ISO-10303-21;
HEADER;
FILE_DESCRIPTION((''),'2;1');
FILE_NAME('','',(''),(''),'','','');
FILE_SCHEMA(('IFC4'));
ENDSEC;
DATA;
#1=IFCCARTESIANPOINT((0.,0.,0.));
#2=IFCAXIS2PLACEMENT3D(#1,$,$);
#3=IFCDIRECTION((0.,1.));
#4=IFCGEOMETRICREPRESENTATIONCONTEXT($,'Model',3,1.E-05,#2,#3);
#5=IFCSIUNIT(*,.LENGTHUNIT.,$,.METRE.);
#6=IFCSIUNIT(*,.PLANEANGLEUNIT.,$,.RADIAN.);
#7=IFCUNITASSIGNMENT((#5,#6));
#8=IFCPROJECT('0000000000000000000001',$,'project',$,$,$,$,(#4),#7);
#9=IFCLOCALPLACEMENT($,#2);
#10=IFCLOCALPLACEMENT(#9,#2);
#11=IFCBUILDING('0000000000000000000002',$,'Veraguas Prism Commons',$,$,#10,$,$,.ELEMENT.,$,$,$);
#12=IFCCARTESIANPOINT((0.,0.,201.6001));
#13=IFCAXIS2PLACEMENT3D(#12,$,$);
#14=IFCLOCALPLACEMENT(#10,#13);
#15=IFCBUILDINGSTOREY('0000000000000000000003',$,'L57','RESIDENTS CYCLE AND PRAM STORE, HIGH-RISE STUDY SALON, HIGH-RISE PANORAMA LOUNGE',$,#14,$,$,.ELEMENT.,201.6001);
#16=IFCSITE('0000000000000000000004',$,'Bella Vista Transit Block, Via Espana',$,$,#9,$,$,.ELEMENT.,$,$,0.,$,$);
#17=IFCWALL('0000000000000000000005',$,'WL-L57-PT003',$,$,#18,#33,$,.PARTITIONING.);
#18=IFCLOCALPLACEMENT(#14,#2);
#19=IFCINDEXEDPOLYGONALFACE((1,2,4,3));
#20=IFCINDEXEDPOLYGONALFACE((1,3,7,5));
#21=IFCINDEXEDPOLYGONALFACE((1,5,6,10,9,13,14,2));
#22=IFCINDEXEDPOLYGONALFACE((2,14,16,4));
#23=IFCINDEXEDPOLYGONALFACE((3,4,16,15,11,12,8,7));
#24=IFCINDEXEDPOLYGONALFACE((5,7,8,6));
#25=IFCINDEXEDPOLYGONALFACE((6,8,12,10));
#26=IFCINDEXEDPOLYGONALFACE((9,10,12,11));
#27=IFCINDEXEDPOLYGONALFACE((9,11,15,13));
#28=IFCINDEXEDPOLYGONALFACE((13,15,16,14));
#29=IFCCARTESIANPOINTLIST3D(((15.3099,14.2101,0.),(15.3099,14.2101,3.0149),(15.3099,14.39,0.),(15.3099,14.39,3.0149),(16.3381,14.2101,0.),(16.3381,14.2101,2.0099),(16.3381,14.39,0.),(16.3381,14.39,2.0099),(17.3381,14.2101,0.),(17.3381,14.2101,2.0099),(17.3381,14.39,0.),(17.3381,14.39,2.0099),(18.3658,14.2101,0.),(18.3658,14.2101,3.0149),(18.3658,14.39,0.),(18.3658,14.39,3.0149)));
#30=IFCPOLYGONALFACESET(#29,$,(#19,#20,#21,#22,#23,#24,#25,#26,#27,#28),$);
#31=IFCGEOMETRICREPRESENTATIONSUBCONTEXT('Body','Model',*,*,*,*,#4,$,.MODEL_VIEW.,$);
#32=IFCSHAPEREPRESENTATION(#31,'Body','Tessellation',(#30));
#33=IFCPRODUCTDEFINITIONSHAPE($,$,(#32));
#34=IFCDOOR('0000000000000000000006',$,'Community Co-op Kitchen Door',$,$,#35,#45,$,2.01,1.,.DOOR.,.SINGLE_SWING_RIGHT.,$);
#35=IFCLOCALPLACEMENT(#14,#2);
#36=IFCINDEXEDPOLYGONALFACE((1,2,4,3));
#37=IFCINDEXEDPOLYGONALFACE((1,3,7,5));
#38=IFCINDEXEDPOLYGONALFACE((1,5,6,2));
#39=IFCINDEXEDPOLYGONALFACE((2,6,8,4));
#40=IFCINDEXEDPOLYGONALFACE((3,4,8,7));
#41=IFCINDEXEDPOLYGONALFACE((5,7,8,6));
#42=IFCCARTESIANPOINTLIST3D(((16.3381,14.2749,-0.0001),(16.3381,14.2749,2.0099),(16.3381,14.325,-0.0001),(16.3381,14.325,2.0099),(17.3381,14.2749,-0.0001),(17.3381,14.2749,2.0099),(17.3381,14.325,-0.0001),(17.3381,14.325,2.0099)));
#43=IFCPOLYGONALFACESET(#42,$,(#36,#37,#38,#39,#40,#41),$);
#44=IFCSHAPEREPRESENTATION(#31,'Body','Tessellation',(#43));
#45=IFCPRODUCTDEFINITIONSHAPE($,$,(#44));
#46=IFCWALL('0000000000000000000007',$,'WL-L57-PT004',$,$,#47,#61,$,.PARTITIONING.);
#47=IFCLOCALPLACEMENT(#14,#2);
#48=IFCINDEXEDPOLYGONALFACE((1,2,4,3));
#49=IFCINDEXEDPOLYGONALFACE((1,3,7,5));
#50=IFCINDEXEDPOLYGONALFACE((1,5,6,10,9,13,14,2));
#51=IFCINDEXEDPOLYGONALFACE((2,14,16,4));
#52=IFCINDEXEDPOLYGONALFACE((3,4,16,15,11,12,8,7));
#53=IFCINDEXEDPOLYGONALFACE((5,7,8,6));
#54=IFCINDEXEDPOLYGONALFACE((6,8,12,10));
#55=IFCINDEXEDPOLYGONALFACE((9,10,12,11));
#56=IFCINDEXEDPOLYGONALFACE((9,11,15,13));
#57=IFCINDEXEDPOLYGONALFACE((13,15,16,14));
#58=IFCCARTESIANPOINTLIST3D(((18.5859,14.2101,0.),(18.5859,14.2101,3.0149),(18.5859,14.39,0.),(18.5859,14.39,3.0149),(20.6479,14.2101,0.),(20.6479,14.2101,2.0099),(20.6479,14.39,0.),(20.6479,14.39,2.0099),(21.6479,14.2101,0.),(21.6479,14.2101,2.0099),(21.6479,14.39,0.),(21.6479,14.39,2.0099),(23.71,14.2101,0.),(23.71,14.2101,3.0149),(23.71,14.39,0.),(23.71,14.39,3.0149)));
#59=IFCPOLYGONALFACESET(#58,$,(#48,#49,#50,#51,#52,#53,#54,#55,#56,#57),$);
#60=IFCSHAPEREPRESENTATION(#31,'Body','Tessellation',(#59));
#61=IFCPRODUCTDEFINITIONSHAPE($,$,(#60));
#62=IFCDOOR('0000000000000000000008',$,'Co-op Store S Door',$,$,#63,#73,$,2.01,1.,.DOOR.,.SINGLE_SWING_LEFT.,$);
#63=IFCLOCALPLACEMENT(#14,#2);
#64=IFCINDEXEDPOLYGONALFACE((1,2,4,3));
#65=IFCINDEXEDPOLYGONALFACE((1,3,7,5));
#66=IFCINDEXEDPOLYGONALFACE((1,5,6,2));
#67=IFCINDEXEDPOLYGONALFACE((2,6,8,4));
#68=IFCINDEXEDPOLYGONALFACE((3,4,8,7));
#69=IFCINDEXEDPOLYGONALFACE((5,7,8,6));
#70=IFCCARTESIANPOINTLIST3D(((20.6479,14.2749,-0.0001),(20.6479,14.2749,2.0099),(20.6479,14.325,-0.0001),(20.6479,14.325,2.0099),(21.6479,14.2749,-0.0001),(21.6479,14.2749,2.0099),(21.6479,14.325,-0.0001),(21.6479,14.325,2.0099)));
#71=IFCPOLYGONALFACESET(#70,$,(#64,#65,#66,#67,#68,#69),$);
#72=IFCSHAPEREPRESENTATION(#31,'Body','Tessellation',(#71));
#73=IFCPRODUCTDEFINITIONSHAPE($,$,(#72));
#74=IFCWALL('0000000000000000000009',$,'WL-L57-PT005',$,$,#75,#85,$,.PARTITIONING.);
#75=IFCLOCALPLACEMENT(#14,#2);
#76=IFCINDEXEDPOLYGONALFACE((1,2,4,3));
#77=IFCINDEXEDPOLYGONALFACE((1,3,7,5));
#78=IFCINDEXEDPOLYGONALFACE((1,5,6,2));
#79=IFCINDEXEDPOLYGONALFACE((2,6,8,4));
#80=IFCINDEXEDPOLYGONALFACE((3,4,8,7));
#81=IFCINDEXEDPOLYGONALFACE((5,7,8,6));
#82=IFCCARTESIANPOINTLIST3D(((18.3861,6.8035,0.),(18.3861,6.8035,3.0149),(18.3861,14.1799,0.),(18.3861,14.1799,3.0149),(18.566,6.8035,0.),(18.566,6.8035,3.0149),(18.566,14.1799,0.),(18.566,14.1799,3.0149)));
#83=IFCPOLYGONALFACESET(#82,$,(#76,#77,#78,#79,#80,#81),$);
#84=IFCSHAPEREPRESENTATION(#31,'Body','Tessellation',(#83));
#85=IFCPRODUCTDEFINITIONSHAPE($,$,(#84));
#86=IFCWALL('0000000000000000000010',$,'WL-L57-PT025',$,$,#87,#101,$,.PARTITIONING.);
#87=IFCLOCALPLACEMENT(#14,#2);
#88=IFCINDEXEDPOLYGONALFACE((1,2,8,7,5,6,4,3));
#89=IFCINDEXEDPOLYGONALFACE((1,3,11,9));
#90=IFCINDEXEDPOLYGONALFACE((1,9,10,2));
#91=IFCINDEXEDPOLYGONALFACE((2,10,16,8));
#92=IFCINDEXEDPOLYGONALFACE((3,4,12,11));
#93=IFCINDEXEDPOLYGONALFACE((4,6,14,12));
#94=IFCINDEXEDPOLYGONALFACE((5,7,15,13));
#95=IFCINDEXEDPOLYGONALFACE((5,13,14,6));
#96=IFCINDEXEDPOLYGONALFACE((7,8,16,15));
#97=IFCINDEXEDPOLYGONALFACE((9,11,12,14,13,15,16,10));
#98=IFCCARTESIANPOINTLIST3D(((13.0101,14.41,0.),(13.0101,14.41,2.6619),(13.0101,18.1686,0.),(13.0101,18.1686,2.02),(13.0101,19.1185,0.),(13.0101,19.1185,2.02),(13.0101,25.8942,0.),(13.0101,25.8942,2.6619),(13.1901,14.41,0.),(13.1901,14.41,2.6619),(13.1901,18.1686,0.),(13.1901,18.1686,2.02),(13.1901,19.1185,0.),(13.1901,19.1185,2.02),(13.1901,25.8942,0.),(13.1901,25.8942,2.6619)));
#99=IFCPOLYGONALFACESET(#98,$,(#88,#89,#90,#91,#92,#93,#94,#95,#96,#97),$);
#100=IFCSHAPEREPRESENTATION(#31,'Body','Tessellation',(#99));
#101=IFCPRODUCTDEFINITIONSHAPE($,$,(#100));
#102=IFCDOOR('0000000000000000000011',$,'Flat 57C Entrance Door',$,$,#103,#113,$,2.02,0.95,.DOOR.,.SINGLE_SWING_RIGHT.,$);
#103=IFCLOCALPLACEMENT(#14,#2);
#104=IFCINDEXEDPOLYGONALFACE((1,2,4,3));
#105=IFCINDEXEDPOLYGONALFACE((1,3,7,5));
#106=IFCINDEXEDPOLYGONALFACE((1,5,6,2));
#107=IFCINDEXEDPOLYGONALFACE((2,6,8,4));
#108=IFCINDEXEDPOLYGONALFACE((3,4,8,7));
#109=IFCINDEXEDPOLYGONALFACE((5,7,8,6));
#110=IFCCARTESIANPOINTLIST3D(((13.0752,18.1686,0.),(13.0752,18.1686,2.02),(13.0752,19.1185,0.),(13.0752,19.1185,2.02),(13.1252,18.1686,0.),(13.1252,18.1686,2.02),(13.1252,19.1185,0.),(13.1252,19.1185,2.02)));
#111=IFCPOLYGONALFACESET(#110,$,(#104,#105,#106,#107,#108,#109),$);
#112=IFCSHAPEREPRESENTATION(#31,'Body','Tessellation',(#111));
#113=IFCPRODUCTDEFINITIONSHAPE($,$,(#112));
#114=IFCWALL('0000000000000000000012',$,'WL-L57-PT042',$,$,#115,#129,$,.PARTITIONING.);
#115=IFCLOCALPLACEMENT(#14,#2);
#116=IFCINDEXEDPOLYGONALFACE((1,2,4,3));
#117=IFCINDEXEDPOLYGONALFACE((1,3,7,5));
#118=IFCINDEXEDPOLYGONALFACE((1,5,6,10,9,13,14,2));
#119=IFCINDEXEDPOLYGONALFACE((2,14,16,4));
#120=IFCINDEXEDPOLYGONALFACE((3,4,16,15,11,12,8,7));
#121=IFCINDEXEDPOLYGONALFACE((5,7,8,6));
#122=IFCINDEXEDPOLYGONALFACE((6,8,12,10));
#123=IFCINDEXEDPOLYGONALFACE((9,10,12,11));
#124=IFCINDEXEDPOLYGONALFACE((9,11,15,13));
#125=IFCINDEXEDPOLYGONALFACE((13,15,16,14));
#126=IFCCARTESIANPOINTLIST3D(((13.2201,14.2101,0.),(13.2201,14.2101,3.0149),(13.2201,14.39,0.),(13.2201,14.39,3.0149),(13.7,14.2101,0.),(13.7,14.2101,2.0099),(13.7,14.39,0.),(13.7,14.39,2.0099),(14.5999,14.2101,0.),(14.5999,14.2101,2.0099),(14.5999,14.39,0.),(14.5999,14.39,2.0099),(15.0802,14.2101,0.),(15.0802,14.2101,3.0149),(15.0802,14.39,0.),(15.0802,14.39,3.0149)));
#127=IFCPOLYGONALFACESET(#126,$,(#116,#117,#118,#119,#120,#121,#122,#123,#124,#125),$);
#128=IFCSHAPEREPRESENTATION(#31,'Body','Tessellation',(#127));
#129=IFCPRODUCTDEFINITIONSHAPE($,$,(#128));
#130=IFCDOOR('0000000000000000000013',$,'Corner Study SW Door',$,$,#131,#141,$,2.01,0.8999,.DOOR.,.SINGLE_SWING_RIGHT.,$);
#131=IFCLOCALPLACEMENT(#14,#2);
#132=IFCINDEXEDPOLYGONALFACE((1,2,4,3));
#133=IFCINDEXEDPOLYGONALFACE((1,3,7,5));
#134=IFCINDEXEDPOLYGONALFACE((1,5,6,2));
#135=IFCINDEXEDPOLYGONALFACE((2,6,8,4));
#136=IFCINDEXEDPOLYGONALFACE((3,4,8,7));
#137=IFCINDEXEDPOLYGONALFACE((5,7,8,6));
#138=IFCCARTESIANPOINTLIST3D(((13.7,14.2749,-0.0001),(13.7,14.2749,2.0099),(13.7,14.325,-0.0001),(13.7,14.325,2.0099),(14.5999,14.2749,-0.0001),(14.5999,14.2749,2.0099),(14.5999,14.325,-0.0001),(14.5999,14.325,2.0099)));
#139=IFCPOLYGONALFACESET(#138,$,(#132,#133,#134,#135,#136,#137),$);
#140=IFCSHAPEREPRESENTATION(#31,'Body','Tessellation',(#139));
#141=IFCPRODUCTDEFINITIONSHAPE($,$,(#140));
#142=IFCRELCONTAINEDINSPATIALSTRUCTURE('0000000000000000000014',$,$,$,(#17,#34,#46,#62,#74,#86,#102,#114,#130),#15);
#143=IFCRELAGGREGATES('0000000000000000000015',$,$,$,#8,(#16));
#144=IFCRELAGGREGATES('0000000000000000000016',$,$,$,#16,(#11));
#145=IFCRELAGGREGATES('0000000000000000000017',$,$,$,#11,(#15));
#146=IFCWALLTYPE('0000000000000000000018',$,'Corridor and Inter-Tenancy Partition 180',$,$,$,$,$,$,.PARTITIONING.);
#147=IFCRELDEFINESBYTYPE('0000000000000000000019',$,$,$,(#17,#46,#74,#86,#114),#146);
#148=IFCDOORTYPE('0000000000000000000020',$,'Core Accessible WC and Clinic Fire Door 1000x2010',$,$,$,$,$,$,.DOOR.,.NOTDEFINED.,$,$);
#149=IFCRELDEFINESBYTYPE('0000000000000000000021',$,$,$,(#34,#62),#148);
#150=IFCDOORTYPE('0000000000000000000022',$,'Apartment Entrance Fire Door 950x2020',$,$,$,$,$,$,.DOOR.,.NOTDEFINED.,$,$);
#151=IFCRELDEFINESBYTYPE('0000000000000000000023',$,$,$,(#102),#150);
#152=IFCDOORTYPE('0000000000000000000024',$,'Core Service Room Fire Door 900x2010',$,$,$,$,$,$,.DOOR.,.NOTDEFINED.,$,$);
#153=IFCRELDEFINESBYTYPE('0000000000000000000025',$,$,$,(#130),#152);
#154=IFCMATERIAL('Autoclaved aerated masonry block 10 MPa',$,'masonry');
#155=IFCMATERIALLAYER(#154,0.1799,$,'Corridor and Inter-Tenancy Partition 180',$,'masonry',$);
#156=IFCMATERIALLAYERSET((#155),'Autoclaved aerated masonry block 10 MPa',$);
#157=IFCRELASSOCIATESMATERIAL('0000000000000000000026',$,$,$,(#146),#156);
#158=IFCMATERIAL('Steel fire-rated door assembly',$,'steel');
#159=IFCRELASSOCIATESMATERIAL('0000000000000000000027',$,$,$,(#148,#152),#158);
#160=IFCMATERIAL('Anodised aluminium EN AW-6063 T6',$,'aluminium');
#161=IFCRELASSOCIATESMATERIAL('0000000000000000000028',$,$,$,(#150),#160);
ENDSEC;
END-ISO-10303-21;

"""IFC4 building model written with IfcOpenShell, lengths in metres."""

from ifc_helpers import new_model, si_unit, direction, frame, frame_2d, origin, place, context, subcontext, project, spatial, rectangle, extrude, source, transform, mapped, material, layer, layer_set, type_object, element, fill, save


model = new_model("IFC4")

# Units and contexts
model_context = context("Model", 3, precision=1e-05, world=origin(), true_north=direction((0.0, 1.0)))
body_context = subcontext(model_context, "Body", "Model", "MODEL_VIEW")
ifc_project = project(units=[si_unit("LENGTHUNIT", "METRE"), si_unit("PLANEANGLEUNIT", "RADIAN")], contexts=[model_context])

# Site, building, storey
site_placement = place(None, origin())
site = spatial("IfcSite", under=ifc_project, at=site_placement, Name="Bella Vista Transit Block, Via Espana", CompositionType="ELEMENT", RefElevation=0.0)
building_placement = place(site_placement, origin())
building = spatial("IfcBuilding", under=site, at=building_placement, Name="Veraguas Prism Commons", CompositionType="ELEMENT")
storey_placement = place(building_placement, frame((0.0, 0.0, 201.6001)))
storey = spatial("IfcBuildingStorey", under=building, at=storey_placement, Name="L57", Description="RESIDENTS CYCLE AND PRAM STORE, HIGH-RISE STUDY SALON, HIGH-RISE PANORAMA LOUNGE", CompositionType="ELEMENT", Elevation=201.6001)

# Shared definitions
ifc_material_1 = material(Name="Steel fire-rated door assembly", Category="steel")

# Shared definitions
ifc_material_2 = material(Name="Autoclaved aerated masonry block 10 MPa", Category="masonry")
ifc_layer_1 = layer(ifc_material_2, 0.1799, Name="Corridor and Inter-Tenancy Partition 180", Category="masonry")
ifc_layer_set_1 = layer_set([ifc_layer_1], Name="Autoclaved aerated masonry block 10 MPa")
wall_type_1 = type_object("IfcWallType", Name="Corridor and Inter-Tenancy Partition 180", PredefinedType="PARTITIONING", material=ifc_layer_set_1)

# Walls, openings, doors
wall_1_placement = place(storey_placement, frame((15.3101, 14.3, 0.0), z_axis=(0.0, 0.0, 1.0), x_axis=(1.0, 0.0, 0.0)))
wall_1 = element("IfcWall", 1, at=wall_1_placement, inside=storey, type_object=wall_type_1, Name="WL-L57-PT003", PredefinedType="PARTITIONING", context=body_context, shape_type="SweptSolid", body=[
    extrude(rectangle(XDim=3.0559, YDim=0.1799, at=frame_2d((1.5278, 0.0))), origin(), (0.0, 0.0, 1.0), 3.0149),
])
opening_1_placement = place(wall_1_placement, frame((1.0281, 0.0, 0.0)))
opening_1 = element("IfcOpeningElement", 2, at=opening_1_placement, cuts=wall_1, PredefinedType="OPENING", context=body_context, shape_type="SweptSolid", body=[
    extrude(rectangle(XDim=1.0, YDim=2.01, at=frame_2d((0.5, 1.0049))), frame((0.0, 0.0999, 0.0), z_axis=(0.0, -1.0, 0.0), x_axis=(1.0, 0.0, 0.0)), (0.0, 0.0, 1.0), 0.2),
])
door_type_1 = type_object("IfcDoorType", Name="Core Accessible WC and Clinic Fire Door 1000x2010", OperationType="NOTDEFINED", PredefinedType="DOOR", material=ifc_material_1)
shared_shape_1 = source(origin(), body_context, "Body", "SweptSolid", [
    extrude(rectangle(XDim=1.0, YDim=2.01, at=frame_2d((0.5, 1.0049))), frame((0.0, 0.0249, 0.0), z_axis=(0.0, -1.0, 0.0), x_axis=(1.0, 0.0, 0.0)), (0.0, 0.0, 1.0), 0.05),
])
door_1_placement = place(opening_1_placement, origin())
door_1 = element("IfcDoor", 3, at=door_1_placement, inside=storey, type_object=door_type_1, Name="Community Co-op Kitchen Door", OperationType="SINGLE_SWING_RIGHT", OverallHeight=2.01, OverallWidth=1.0, PredefinedType="DOOR", context=body_context, shape_type="MappedRepresentation", body=[
    mapped(shared_shape_1, transform((0.0, 0.0, 0.0), scale=1.0)),
])
fill(opening_1, door_1)
wall_2_placement = place(storey_placement, frame((18.5859, 14.3, 0.0), z_axis=(0.0, 0.0, 1.0), x_axis=(1.0, 0.0, 0.0)))
wall_2 = element("IfcWall", 4, at=wall_2_placement, inside=storey, type_object=wall_type_1, Name="WL-L57-PT004", PredefinedType="PARTITIONING", context=body_context, shape_type="SweptSolid", body=[
    extrude(rectangle(XDim=5.124, YDim=0.1799, at=frame_2d((2.562, 0.0))), origin(), (0.0, 0.0, 1.0), 3.0149),
])
opening_2_placement = place(wall_2_placement, frame((2.062, 0.0, 0.0)))
opening_2 = element("IfcOpeningElement", 5, at=opening_2_placement, cuts=wall_2, PredefinedType="OPENING", context=body_context, shape_type="SweptSolid", body=[
    extrude(rectangle(XDim=1.0, YDim=2.01, at=frame_2d((0.5, 1.0049))), frame((0.0, 0.0999, 0.0), z_axis=(0.0, -1.0, 0.0), x_axis=(1.0, 0.0, 0.0)), (0.0, 0.0, 1.0), 0.2),
])
door_2_placement = place(opening_2_placement, origin())
door_2 = element("IfcDoor", 6, at=door_2_placement, inside=storey, type_object=door_type_1, Name="Co-op Store S Door", OperationType="SINGLE_SWING_LEFT", OverallHeight=2.01, OverallWidth=1.0, PredefinedType="DOOR", context=body_context, shape_type="MappedRepresentation", body=[
    mapped(shared_shape_1, transform((0.0, 0.0, 0.0), scale=1.0)),
])
fill(opening_2, door_2)

# Wall
wall_3_placement = place(storey_placement, frame((18.4761, 14.1799, 0.0), z_axis=(0.0, 0.0, 1.0), x_axis=(0.0, -1.0, 0.0)))
element("IfcWall", 7, at=wall_3_placement, inside=storey, type_object=wall_type_1, Name="WL-L57-PT005", PredefinedType="PARTITIONING", context=body_context, shape_type="SweptSolid", body=[
    extrude(rectangle(XDim=7.3765, YDim=0.1799, at=frame_2d((3.6882, 0.0))), origin(), (0.0, 0.0, 1.0), 3.0149),
])

# Walls, openings, doors
wall_4_placement = place(storey_placement, frame((13.1001, 14.4099, 0.0), z_axis=(0.0, 0.0, 1.0), x_axis=(0.0, 1.0, 0.0)))
wall_4 = element("IfcWall", 8, at=wall_4_placement, inside=storey, type_object=wall_type_1, Name="WL-L57-PT025", PredefinedType="PARTITIONING", context=body_context, shape_type="SweptSolid", body=[
    extrude(rectangle(XDim=11.4841, YDim=0.1799, at=frame_2d((5.7422, 0.0))), origin(), (0.0, 0.0, 1.0), 2.6619),
])
opening_3_placement = place(wall_4_placement, frame((3.7585, 0.0, 0.0)))
opening_3 = element("IfcOpeningElement", 9, at=opening_3_placement, cuts=wall_4, PredefinedType="OPENING", context=body_context, shape_type="SweptSolid", body=[
    extrude(rectangle(XDim=0.95, YDim=2.02, at=frame_2d((0.4751, 1.01))), frame((0.0, 0.0999, 0.0), z_axis=(0.0, -1.0, 0.0), x_axis=(1.0, 0.0, 0.0)), (0.0, 0.0, 1.0), 0.2),
])
ifc_material_3 = material(Name="Anodised aluminium EN AW-6063 T6", Category="aluminium")
door_type_2 = type_object("IfcDoorType", Name="Apartment Entrance Fire Door 950x2020", OperationType="NOTDEFINED", PredefinedType="DOOR", material=ifc_material_3)
shared_shape_2 = source(origin(), body_context, "Body", "SweptSolid", [
    extrude(rectangle(XDim=0.95, YDim=2.02, at=frame_2d((0.4751, 1.01))), frame((0.0, 0.0249, 0.0), z_axis=(0.0, -1.0, 0.0), x_axis=(1.0, 0.0, 0.0)), (0.0, 0.0, 1.0), 0.05),
])
door_3_placement = place(opening_3_placement, origin())
door_3 = element("IfcDoor", 10, at=door_3_placement, inside=storey, type_object=door_type_2, Name="Flat 57C Entrance Door", OperationType="SINGLE_SWING_RIGHT", OverallHeight=2.02, OverallWidth=0.95, PredefinedType="DOOR", context=body_context, shape_type="MappedRepresentation", body=[
    mapped(shared_shape_2, transform((0.0, 0.0, 0.0), scale=1.0)),
])
fill(opening_3, door_3)
wall_5_placement = place(storey_placement, frame((13.22, 14.3, 0.0), z_axis=(0.0, 0.0, 1.0), x_axis=(1.0, 0.0, 0.0)))
wall_5 = element("IfcWall", 11, at=wall_5_placement, inside=storey, type_object=wall_type_1, Name="WL-L57-PT042", PredefinedType="PARTITIONING", context=body_context, shape_type="SweptSolid", body=[
    extrude(rectangle(XDim=1.8601, YDim=0.1799, at=frame_2d((0.9302, 0.0))), origin(), (0.0, 0.0, 1.0), 3.0149),
])
opening_4_placement = place(wall_5_placement, frame((0.48, 0.0, 0.0)))
opening_4 = element("IfcOpeningElement", 12, at=opening_4_placement, cuts=wall_5, PredefinedType="OPENING", context=body_context, shape_type="SweptSolid", body=[
    extrude(rectangle(XDim=0.8999, YDim=2.01, at=frame_2d((0.45, 1.0049))), frame((0.0, 0.0999, 0.0), z_axis=(0.0, -1.0, 0.0), x_axis=(1.0, 0.0, 0.0)), (0.0, 0.0, 1.0), 0.2),
])
door_type_3 = type_object("IfcDoorType", Name="Core Service Room Fire Door 900x2010", OperationType="NOTDEFINED", PredefinedType="DOOR", material=ifc_material_1)
shared_shape_3 = source(origin(), body_context, "Body", "SweptSolid", [
    extrude(rectangle(XDim=0.8999, YDim=2.01, at=frame_2d((0.45, 1.0049))), frame((0.0, 0.0249, 0.0), z_axis=(0.0, -1.0, 0.0), x_axis=(1.0, 0.0, 0.0)), (0.0, 0.0, 1.0), 0.05),
])
door_4_placement = place(opening_4_placement, origin())
door_4 = element("IfcDoor", 13, at=door_4_placement, inside=storey, type_object=door_type_3, Name="Corner Study SW Door", OperationType="SINGLE_SWING_RIGHT", OverallHeight=2.01, OverallWidth=0.8999, PredefinedType="DOOR", context=body_context, shape_type="MappedRepresentation", body=[
    mapped(shared_shape_3, transform((0.0, 0.0, 0.0), scale=1.0)),
])
fill(opening_4, door_4)

save(model, "model.ifc")
